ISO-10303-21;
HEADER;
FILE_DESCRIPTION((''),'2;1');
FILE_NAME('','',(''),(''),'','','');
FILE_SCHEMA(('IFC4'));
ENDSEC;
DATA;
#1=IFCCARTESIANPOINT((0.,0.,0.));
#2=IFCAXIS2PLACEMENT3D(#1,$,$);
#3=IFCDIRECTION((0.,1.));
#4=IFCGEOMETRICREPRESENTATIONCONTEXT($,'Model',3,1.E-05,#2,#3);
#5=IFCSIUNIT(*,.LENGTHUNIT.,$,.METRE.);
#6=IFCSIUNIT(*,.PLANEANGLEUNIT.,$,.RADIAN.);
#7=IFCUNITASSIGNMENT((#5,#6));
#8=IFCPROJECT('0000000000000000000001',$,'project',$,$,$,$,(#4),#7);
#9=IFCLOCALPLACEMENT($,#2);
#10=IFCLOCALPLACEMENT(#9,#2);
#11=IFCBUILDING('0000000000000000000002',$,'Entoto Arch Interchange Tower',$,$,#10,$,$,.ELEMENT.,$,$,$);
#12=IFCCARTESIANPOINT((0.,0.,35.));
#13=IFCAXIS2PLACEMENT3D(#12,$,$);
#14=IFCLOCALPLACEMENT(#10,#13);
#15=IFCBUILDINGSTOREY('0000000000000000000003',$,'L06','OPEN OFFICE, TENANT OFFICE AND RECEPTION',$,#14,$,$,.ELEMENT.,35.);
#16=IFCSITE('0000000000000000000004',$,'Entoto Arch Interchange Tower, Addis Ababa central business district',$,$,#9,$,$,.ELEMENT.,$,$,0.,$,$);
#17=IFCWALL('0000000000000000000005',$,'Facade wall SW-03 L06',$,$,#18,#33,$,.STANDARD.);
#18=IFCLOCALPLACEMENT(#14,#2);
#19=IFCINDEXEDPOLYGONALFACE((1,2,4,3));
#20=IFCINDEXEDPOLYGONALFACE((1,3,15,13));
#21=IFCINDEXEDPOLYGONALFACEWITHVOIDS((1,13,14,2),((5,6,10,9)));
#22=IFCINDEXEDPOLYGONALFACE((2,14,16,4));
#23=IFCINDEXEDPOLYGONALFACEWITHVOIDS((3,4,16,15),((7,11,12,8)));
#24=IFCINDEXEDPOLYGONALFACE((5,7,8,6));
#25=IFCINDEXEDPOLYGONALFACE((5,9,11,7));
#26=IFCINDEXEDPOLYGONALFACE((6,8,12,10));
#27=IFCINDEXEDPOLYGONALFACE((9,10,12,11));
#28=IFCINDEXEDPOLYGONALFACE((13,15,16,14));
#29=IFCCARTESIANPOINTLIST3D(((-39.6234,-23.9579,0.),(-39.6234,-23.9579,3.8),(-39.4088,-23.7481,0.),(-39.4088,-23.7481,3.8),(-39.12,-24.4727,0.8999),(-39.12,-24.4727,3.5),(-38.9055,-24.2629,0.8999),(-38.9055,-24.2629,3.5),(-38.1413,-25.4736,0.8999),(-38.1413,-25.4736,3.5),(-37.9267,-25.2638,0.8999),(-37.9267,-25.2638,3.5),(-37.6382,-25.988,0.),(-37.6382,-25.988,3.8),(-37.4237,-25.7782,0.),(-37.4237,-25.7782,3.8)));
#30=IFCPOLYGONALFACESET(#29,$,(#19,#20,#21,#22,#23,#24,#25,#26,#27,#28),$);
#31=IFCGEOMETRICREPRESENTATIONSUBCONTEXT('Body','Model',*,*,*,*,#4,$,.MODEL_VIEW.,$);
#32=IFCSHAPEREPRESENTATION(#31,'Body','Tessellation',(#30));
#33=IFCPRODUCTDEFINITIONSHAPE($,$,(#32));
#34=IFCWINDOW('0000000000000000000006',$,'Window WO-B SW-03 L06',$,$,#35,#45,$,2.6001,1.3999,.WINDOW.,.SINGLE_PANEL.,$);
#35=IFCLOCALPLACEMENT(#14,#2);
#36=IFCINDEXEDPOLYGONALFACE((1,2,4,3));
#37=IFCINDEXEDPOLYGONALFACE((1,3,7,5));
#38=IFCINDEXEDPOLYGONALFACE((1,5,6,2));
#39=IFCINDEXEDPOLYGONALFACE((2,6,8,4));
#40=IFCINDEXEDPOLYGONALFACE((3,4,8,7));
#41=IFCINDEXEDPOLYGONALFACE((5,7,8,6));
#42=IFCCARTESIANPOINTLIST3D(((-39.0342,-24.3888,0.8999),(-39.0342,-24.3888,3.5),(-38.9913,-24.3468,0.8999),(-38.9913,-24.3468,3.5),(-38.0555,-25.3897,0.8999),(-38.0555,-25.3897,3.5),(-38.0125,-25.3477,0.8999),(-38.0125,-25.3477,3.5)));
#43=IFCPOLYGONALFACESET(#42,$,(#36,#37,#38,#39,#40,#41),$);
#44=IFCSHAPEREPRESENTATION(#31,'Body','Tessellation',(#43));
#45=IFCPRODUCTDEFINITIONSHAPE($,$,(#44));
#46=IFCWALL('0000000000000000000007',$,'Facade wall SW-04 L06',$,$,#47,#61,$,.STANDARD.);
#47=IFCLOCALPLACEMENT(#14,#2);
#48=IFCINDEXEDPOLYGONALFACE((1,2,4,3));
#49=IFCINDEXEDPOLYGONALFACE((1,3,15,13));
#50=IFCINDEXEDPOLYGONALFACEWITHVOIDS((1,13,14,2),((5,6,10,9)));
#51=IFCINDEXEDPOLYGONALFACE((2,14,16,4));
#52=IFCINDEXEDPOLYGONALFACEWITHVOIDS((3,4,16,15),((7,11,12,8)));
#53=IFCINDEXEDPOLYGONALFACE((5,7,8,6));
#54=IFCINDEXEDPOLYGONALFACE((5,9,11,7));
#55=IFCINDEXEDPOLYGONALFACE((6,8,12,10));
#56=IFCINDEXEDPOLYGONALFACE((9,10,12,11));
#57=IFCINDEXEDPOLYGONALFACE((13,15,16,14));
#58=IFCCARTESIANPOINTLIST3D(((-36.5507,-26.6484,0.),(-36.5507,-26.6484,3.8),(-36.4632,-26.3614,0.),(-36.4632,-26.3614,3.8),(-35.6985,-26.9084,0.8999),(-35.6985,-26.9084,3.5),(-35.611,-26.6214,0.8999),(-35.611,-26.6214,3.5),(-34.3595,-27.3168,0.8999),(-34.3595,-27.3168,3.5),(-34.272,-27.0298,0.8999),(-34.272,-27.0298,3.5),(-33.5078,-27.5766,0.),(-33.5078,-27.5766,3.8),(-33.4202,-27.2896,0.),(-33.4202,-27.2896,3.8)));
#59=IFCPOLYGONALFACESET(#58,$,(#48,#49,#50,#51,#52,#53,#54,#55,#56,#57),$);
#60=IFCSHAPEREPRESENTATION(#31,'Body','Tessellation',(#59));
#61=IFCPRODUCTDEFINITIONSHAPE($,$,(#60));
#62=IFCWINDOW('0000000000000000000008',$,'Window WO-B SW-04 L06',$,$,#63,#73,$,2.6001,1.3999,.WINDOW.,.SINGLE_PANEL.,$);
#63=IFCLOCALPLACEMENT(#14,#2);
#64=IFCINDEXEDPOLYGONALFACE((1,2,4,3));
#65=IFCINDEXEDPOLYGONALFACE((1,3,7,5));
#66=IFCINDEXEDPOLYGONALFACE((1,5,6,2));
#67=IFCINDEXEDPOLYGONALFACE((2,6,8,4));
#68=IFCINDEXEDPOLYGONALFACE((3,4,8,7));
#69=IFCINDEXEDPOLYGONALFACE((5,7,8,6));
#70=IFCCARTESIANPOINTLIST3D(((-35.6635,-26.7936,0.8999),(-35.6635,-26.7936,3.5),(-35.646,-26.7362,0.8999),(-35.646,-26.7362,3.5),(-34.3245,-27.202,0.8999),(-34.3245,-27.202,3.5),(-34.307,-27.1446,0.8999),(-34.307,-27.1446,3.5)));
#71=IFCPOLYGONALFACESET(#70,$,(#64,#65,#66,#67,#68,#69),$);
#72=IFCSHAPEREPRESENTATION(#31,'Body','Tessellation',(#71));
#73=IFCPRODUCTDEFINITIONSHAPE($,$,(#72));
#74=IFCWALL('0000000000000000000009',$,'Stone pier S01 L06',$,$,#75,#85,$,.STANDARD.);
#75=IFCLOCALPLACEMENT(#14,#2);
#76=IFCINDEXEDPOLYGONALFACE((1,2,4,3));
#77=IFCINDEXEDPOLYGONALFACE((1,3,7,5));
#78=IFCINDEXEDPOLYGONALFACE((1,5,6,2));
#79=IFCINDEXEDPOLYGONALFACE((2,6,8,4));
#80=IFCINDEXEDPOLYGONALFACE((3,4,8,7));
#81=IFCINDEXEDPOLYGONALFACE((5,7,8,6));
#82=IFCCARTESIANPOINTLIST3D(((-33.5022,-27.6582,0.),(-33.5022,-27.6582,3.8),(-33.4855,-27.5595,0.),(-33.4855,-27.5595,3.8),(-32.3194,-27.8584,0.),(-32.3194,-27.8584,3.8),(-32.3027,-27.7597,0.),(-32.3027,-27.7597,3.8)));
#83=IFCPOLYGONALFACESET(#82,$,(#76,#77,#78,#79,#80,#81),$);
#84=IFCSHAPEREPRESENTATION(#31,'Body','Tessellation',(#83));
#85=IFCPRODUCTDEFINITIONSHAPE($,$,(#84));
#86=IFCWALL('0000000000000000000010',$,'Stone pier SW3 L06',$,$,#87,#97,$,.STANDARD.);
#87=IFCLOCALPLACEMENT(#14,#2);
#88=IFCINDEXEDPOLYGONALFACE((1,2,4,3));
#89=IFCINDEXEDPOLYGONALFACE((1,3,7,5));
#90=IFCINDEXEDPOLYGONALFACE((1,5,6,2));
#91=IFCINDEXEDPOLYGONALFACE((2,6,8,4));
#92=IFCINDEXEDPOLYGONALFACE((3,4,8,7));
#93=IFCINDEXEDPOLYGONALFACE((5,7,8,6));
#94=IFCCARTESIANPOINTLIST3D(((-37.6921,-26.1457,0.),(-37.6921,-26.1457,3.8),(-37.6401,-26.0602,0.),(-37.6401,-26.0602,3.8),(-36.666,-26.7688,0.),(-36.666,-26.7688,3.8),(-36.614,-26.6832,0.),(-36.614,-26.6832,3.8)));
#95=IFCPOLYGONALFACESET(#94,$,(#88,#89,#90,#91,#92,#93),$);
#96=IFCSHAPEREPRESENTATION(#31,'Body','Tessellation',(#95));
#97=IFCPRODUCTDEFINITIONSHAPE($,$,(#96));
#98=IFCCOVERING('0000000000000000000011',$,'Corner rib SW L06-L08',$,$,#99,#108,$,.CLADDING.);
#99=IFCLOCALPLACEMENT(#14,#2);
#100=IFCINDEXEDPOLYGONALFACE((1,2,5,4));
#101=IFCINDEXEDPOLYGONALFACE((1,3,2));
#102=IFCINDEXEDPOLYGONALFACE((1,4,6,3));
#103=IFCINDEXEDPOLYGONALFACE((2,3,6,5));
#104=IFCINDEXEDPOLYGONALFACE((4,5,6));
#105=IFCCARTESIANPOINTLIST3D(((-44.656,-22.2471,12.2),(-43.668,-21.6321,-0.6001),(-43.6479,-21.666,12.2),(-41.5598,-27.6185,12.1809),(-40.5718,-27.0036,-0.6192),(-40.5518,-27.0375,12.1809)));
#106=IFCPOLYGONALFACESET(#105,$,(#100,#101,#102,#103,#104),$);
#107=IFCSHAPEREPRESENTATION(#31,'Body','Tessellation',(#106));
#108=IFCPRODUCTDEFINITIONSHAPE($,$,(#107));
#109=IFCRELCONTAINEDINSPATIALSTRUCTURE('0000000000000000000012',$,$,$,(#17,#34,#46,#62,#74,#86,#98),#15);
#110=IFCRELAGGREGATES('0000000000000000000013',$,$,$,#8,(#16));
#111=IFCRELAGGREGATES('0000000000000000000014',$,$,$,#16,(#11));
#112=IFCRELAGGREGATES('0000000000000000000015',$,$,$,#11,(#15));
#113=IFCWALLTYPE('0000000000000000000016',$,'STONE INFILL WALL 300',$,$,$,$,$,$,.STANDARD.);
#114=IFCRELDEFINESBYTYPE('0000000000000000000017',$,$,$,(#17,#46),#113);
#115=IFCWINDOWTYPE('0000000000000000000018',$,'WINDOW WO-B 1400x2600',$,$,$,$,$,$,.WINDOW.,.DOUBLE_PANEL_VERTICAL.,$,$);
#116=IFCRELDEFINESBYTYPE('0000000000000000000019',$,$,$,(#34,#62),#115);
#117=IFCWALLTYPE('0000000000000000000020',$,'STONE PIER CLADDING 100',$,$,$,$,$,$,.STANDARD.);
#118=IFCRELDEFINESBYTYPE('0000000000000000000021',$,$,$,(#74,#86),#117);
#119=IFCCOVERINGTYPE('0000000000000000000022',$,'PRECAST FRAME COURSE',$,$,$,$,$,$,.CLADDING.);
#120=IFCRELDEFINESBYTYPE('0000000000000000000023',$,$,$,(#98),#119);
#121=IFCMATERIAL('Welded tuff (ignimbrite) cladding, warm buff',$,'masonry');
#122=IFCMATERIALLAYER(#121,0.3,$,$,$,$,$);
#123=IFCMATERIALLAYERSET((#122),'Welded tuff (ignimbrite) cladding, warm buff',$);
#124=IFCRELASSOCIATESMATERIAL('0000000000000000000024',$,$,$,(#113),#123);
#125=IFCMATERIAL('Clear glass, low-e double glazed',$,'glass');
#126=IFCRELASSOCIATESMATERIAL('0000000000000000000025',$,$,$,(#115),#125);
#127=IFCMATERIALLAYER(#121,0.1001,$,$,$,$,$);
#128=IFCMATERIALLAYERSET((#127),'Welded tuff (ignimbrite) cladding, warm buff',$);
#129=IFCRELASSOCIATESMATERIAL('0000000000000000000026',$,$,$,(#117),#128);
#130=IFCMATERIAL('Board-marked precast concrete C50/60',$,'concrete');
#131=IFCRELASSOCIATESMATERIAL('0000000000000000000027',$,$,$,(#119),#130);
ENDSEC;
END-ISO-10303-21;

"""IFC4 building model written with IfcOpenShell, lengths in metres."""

from ifc_helpers import new_model, si_unit, direction, frame, frame_2d, origin, place, context, subcontext, project, spatial, polyline, rectangle, outline, extrude, material, layer, layer_set, type_object, element, fill, save


model = new_model("IFC4")

# Units and contexts
model_context = context("Model", 3, precision=1e-05, world=origin(), true_north=direction((0.0, 1.0)))
body_context = subcontext(model_context, "Body", "Model", "MODEL_VIEW")
ifc_project = project(units=[si_unit("LENGTHUNIT", "METRE"), si_unit("PLANEANGLEUNIT", "RADIAN")], contexts=[model_context])

# Site, building, storey
site_placement = place(None, origin())
site = spatial("IfcSite", under=ifc_project, at=site_placement, Name="Entoto Arch Interchange Tower, Addis Ababa central business district", CompositionType="ELEMENT", RefElevation=0.0)
building_placement = place(site_placement, origin())
building = spatial("IfcBuilding", under=site, at=building_placement, Name="Entoto Arch Interchange Tower", CompositionType="ELEMENT")
storey_placement = place(building_placement, frame((0.0, 0.0, 35.0)))
storey = spatial("IfcBuildingStorey", under=building, at=storey_placement, Name="L06", Description="OPEN OFFICE, TENANT OFFICE AND RECEPTION", CompositionType="ELEMENT", Elevation=35.0)

# Shared definitions
ifc_material_1 = material(Name="Welded tuff (ignimbrite) cladding, warm buff", Category="masonry")
ifc_layer_1 = layer(ifc_material_1, 0.3)
ifc_layer_set_1 = layer_set([ifc_layer_1], Name="Welded tuff (ignimbrite) cladding, warm buff")
wall_type_1 = type_object("IfcWallType", Name="STONE INFILL WALL 300", PredefinedType="STANDARD", material=ifc_layer_set_1)
ifc_material_2 = material(Name="Clear glass, low-e double glazed", Category="glass")

# Walls, openings, windows
window_type_1 = type_object("IfcWindowType", Name="WINDOW WO-B 1400x2600", PartitioningType="DOUBLE_PANEL_VERTICAL", PredefinedType="WINDOW", material=ifc_material_2)
wall_1_placement = place(storey_placement, frame((-39.5161, -23.853, 0.0), z_axis=(0.0, 0.0, 1.0), x_axis=(0.699152, -0.714973, 0.0)))
wall_1 = element("IfcWall", 1, at=wall_1_placement, inside=storey, type_object=wall_type_1, Name="Facade wall SW-03 L06", PredefinedType="STANDARD", context=body_context, shape_type="SweptSolid", body=[
    extrude(rectangle(XDim=2.8394, YDim=0.3, at=frame_2d((1.4197, 0.0))), origin(), (0.0, 0.0, 1.0), 3.8),
])
opening_1_placement = place(wall_1_placement, frame((0.72, 0.0, 0.8999)))
opening_1 = element("IfcOpeningElement", 2, at=opening_1_placement, cuts=wall_1, PredefinedType="OPENING", context=body_context, shape_type="SweptSolid", body=[
    extrude(rectangle(XDim=1.3999, YDim=2.6001, at=frame_2d((0.7, 1.3))), frame((0.0, 0.1602, 0.0), z_axis=(0.0, -1.0, 0.0), x_axis=(1.0, 0.0, 0.0)), (0.0, 0.0, 1.0), 0.3201),
])
window_1_placement = place(opening_1_placement, origin())
window_1 = element("IfcWindow", 3, at=window_1_placement, inside=storey, type_object=window_type_1, Name="Window WO-B SW-03 L06", OverallHeight=2.6001, OverallWidth=1.3999, PartitioningType="SINGLE_PANEL", PredefinedType="WINDOW", context=body_context, shape_type="SweptSolid", body=[
    extrude(rectangle(XDim=1.3999, YDim=2.6001, at=frame_2d((0.7, 1.3))), frame((0.0, 0.03, 0.0), z_axis=(0.0, -1.0, 0.0), x_axis=(1.0, 0.0, 0.0)), (0.0, 0.0, 1.0), 0.0601),
])
fill(opening_1, window_1)
wall_2_placement = place(storey_placement, frame((-36.5071, -26.5049, 0.0), z_axis=(0.0, 0.0, 1.0), x_axis=(0.95649, -0.291766, 0.0)))
wall_2 = element("IfcWall", 4, at=wall_2_placement, inside=storey, type_object=wall_type_1, Name="Facade wall SW-04 L06", PredefinedType="STANDARD", context=body_context, shape_type="SweptSolid", body=[
    extrude(rectangle(XDim=3.1814, YDim=0.3, at=frame_2d((1.5908, 0.0))), origin(), (0.0, 0.0, 1.0), 3.8),
])
opening_2_placement = place(wall_2_placement, frame((0.8911, 0.0, 0.8999)))
opening_2 = element("IfcOpeningElement", 5, at=opening_2_placement, cuts=wall_2, PredefinedType="OPENING", context=body_context, shape_type="SweptSolid", body=[
    extrude(rectangle(XDim=1.3999, YDim=2.6001, at=frame_2d((0.7, 1.3))), frame((0.0, 0.1602, 0.0), z_axis=(0.0, -1.0, 0.0), x_axis=(1.0, 0.0, 0.0)), (0.0, 0.0, 1.0), 0.3201),
])
window_2_placement = place(opening_2_placement, origin())
window_2 = element("IfcWindow", 6, at=window_2_placement, inside=storey, type_object=window_type_1, Name="Window WO-B SW-04 L06", OverallHeight=2.6001, OverallWidth=1.3999, PartitioningType="SINGLE_PANEL", PredefinedType="WINDOW", context=body_context, shape_type="SweptSolid", body=[
    extrude(rectangle(XDim=1.3999, YDim=2.6001, at=frame_2d((0.7, 1.3))), frame((0.0, 0.03, 0.0), z_axis=(0.0, -1.0, 0.0), x_axis=(1.0, 0.0, 0.0)), (0.0, 0.0, 1.0), 0.0601),
])
fill(opening_2, window_2)

# Walls
ifc_layer_2 = layer(ifc_material_1, 0.1001)
ifc_layer_set_2 = layer_set([ifc_layer_2], Name="Welded tuff (ignimbrite) cladding, warm buff")
wall_type_2 = type_object("IfcWallType", Name="STONE PIER CLADDING 100", PredefinedType="STANDARD", material=ifc_layer_set_2)
wall_3_placement = place(storey_placement, frame((-33.4939, -27.6089, 0.0), z_axis=(0.0, 0.0, 1.0), x_axis=(0.985978, -0.166874, 0.0)))
element("IfcWall", 7, at=wall_3_placement, inside=storey, type_object=wall_type_2, Name="Stone pier S01 L06", PredefinedType="STANDARD", context=body_context, shape_type="SweptSolid", body=[
    extrude(rectangle(XDim=1.1997, YDim=0.1001, at=frame_2d((0.5999, 0.0))), origin(), (0.0, 0.0, 1.0), 3.8),
])
wall_4_placement = place(storey_placement, frame((-37.666, -26.103, 0.0), z_axis=(0.0, 0.0, 1.0), x_axis=(0.854771, -0.519005, 0.0)))
element("IfcWall", 8, at=wall_4_placement, inside=storey, type_object=wall_type_2, Name="Stone pier SW3 L06", PredefinedType="STANDARD", context=body_context, shape_type="SweptSolid", body=[
    extrude(rectangle(XDim=1.2004, YDim=0.1001, at=frame_2d((0.6001, 0.0))), origin(), (0.0, 0.0, 1.0), 3.8),
])

# Covering
ifc_material_3 = material(Name="Board-marked precast concrete C50/60", Category="concrete")
covering_type = type_object("IfcCoveringType", Name="PRECAST FRAME COURSE", PredefinedType="CLADDING", material=ifc_material_3)
covering_1_placement = place(storey_placement, frame((-43.668, -21.6321, -0.6001), z_axis=(-0.499387, 0.866374, 0.003078), x_axis=(-0.076873, -0.047849, 0.995892)))
element("IfcCovering", 9, at=covering_1_placement, inside=storey, type_object=covering_type, Name="Corner rib SW L06-L08", PredefinedType="CLADDING", context=body_context, shape_type="SweptSolid", body=[
    extrude(outline(polyline([(0.0, 0.0), (12.8528, 0.0), (12.7476, 1.1588), (0.0, 0.0)])), origin(), (0.0, 0.0, -1.0), 6.2),
])

save(model, "model.ifc")
